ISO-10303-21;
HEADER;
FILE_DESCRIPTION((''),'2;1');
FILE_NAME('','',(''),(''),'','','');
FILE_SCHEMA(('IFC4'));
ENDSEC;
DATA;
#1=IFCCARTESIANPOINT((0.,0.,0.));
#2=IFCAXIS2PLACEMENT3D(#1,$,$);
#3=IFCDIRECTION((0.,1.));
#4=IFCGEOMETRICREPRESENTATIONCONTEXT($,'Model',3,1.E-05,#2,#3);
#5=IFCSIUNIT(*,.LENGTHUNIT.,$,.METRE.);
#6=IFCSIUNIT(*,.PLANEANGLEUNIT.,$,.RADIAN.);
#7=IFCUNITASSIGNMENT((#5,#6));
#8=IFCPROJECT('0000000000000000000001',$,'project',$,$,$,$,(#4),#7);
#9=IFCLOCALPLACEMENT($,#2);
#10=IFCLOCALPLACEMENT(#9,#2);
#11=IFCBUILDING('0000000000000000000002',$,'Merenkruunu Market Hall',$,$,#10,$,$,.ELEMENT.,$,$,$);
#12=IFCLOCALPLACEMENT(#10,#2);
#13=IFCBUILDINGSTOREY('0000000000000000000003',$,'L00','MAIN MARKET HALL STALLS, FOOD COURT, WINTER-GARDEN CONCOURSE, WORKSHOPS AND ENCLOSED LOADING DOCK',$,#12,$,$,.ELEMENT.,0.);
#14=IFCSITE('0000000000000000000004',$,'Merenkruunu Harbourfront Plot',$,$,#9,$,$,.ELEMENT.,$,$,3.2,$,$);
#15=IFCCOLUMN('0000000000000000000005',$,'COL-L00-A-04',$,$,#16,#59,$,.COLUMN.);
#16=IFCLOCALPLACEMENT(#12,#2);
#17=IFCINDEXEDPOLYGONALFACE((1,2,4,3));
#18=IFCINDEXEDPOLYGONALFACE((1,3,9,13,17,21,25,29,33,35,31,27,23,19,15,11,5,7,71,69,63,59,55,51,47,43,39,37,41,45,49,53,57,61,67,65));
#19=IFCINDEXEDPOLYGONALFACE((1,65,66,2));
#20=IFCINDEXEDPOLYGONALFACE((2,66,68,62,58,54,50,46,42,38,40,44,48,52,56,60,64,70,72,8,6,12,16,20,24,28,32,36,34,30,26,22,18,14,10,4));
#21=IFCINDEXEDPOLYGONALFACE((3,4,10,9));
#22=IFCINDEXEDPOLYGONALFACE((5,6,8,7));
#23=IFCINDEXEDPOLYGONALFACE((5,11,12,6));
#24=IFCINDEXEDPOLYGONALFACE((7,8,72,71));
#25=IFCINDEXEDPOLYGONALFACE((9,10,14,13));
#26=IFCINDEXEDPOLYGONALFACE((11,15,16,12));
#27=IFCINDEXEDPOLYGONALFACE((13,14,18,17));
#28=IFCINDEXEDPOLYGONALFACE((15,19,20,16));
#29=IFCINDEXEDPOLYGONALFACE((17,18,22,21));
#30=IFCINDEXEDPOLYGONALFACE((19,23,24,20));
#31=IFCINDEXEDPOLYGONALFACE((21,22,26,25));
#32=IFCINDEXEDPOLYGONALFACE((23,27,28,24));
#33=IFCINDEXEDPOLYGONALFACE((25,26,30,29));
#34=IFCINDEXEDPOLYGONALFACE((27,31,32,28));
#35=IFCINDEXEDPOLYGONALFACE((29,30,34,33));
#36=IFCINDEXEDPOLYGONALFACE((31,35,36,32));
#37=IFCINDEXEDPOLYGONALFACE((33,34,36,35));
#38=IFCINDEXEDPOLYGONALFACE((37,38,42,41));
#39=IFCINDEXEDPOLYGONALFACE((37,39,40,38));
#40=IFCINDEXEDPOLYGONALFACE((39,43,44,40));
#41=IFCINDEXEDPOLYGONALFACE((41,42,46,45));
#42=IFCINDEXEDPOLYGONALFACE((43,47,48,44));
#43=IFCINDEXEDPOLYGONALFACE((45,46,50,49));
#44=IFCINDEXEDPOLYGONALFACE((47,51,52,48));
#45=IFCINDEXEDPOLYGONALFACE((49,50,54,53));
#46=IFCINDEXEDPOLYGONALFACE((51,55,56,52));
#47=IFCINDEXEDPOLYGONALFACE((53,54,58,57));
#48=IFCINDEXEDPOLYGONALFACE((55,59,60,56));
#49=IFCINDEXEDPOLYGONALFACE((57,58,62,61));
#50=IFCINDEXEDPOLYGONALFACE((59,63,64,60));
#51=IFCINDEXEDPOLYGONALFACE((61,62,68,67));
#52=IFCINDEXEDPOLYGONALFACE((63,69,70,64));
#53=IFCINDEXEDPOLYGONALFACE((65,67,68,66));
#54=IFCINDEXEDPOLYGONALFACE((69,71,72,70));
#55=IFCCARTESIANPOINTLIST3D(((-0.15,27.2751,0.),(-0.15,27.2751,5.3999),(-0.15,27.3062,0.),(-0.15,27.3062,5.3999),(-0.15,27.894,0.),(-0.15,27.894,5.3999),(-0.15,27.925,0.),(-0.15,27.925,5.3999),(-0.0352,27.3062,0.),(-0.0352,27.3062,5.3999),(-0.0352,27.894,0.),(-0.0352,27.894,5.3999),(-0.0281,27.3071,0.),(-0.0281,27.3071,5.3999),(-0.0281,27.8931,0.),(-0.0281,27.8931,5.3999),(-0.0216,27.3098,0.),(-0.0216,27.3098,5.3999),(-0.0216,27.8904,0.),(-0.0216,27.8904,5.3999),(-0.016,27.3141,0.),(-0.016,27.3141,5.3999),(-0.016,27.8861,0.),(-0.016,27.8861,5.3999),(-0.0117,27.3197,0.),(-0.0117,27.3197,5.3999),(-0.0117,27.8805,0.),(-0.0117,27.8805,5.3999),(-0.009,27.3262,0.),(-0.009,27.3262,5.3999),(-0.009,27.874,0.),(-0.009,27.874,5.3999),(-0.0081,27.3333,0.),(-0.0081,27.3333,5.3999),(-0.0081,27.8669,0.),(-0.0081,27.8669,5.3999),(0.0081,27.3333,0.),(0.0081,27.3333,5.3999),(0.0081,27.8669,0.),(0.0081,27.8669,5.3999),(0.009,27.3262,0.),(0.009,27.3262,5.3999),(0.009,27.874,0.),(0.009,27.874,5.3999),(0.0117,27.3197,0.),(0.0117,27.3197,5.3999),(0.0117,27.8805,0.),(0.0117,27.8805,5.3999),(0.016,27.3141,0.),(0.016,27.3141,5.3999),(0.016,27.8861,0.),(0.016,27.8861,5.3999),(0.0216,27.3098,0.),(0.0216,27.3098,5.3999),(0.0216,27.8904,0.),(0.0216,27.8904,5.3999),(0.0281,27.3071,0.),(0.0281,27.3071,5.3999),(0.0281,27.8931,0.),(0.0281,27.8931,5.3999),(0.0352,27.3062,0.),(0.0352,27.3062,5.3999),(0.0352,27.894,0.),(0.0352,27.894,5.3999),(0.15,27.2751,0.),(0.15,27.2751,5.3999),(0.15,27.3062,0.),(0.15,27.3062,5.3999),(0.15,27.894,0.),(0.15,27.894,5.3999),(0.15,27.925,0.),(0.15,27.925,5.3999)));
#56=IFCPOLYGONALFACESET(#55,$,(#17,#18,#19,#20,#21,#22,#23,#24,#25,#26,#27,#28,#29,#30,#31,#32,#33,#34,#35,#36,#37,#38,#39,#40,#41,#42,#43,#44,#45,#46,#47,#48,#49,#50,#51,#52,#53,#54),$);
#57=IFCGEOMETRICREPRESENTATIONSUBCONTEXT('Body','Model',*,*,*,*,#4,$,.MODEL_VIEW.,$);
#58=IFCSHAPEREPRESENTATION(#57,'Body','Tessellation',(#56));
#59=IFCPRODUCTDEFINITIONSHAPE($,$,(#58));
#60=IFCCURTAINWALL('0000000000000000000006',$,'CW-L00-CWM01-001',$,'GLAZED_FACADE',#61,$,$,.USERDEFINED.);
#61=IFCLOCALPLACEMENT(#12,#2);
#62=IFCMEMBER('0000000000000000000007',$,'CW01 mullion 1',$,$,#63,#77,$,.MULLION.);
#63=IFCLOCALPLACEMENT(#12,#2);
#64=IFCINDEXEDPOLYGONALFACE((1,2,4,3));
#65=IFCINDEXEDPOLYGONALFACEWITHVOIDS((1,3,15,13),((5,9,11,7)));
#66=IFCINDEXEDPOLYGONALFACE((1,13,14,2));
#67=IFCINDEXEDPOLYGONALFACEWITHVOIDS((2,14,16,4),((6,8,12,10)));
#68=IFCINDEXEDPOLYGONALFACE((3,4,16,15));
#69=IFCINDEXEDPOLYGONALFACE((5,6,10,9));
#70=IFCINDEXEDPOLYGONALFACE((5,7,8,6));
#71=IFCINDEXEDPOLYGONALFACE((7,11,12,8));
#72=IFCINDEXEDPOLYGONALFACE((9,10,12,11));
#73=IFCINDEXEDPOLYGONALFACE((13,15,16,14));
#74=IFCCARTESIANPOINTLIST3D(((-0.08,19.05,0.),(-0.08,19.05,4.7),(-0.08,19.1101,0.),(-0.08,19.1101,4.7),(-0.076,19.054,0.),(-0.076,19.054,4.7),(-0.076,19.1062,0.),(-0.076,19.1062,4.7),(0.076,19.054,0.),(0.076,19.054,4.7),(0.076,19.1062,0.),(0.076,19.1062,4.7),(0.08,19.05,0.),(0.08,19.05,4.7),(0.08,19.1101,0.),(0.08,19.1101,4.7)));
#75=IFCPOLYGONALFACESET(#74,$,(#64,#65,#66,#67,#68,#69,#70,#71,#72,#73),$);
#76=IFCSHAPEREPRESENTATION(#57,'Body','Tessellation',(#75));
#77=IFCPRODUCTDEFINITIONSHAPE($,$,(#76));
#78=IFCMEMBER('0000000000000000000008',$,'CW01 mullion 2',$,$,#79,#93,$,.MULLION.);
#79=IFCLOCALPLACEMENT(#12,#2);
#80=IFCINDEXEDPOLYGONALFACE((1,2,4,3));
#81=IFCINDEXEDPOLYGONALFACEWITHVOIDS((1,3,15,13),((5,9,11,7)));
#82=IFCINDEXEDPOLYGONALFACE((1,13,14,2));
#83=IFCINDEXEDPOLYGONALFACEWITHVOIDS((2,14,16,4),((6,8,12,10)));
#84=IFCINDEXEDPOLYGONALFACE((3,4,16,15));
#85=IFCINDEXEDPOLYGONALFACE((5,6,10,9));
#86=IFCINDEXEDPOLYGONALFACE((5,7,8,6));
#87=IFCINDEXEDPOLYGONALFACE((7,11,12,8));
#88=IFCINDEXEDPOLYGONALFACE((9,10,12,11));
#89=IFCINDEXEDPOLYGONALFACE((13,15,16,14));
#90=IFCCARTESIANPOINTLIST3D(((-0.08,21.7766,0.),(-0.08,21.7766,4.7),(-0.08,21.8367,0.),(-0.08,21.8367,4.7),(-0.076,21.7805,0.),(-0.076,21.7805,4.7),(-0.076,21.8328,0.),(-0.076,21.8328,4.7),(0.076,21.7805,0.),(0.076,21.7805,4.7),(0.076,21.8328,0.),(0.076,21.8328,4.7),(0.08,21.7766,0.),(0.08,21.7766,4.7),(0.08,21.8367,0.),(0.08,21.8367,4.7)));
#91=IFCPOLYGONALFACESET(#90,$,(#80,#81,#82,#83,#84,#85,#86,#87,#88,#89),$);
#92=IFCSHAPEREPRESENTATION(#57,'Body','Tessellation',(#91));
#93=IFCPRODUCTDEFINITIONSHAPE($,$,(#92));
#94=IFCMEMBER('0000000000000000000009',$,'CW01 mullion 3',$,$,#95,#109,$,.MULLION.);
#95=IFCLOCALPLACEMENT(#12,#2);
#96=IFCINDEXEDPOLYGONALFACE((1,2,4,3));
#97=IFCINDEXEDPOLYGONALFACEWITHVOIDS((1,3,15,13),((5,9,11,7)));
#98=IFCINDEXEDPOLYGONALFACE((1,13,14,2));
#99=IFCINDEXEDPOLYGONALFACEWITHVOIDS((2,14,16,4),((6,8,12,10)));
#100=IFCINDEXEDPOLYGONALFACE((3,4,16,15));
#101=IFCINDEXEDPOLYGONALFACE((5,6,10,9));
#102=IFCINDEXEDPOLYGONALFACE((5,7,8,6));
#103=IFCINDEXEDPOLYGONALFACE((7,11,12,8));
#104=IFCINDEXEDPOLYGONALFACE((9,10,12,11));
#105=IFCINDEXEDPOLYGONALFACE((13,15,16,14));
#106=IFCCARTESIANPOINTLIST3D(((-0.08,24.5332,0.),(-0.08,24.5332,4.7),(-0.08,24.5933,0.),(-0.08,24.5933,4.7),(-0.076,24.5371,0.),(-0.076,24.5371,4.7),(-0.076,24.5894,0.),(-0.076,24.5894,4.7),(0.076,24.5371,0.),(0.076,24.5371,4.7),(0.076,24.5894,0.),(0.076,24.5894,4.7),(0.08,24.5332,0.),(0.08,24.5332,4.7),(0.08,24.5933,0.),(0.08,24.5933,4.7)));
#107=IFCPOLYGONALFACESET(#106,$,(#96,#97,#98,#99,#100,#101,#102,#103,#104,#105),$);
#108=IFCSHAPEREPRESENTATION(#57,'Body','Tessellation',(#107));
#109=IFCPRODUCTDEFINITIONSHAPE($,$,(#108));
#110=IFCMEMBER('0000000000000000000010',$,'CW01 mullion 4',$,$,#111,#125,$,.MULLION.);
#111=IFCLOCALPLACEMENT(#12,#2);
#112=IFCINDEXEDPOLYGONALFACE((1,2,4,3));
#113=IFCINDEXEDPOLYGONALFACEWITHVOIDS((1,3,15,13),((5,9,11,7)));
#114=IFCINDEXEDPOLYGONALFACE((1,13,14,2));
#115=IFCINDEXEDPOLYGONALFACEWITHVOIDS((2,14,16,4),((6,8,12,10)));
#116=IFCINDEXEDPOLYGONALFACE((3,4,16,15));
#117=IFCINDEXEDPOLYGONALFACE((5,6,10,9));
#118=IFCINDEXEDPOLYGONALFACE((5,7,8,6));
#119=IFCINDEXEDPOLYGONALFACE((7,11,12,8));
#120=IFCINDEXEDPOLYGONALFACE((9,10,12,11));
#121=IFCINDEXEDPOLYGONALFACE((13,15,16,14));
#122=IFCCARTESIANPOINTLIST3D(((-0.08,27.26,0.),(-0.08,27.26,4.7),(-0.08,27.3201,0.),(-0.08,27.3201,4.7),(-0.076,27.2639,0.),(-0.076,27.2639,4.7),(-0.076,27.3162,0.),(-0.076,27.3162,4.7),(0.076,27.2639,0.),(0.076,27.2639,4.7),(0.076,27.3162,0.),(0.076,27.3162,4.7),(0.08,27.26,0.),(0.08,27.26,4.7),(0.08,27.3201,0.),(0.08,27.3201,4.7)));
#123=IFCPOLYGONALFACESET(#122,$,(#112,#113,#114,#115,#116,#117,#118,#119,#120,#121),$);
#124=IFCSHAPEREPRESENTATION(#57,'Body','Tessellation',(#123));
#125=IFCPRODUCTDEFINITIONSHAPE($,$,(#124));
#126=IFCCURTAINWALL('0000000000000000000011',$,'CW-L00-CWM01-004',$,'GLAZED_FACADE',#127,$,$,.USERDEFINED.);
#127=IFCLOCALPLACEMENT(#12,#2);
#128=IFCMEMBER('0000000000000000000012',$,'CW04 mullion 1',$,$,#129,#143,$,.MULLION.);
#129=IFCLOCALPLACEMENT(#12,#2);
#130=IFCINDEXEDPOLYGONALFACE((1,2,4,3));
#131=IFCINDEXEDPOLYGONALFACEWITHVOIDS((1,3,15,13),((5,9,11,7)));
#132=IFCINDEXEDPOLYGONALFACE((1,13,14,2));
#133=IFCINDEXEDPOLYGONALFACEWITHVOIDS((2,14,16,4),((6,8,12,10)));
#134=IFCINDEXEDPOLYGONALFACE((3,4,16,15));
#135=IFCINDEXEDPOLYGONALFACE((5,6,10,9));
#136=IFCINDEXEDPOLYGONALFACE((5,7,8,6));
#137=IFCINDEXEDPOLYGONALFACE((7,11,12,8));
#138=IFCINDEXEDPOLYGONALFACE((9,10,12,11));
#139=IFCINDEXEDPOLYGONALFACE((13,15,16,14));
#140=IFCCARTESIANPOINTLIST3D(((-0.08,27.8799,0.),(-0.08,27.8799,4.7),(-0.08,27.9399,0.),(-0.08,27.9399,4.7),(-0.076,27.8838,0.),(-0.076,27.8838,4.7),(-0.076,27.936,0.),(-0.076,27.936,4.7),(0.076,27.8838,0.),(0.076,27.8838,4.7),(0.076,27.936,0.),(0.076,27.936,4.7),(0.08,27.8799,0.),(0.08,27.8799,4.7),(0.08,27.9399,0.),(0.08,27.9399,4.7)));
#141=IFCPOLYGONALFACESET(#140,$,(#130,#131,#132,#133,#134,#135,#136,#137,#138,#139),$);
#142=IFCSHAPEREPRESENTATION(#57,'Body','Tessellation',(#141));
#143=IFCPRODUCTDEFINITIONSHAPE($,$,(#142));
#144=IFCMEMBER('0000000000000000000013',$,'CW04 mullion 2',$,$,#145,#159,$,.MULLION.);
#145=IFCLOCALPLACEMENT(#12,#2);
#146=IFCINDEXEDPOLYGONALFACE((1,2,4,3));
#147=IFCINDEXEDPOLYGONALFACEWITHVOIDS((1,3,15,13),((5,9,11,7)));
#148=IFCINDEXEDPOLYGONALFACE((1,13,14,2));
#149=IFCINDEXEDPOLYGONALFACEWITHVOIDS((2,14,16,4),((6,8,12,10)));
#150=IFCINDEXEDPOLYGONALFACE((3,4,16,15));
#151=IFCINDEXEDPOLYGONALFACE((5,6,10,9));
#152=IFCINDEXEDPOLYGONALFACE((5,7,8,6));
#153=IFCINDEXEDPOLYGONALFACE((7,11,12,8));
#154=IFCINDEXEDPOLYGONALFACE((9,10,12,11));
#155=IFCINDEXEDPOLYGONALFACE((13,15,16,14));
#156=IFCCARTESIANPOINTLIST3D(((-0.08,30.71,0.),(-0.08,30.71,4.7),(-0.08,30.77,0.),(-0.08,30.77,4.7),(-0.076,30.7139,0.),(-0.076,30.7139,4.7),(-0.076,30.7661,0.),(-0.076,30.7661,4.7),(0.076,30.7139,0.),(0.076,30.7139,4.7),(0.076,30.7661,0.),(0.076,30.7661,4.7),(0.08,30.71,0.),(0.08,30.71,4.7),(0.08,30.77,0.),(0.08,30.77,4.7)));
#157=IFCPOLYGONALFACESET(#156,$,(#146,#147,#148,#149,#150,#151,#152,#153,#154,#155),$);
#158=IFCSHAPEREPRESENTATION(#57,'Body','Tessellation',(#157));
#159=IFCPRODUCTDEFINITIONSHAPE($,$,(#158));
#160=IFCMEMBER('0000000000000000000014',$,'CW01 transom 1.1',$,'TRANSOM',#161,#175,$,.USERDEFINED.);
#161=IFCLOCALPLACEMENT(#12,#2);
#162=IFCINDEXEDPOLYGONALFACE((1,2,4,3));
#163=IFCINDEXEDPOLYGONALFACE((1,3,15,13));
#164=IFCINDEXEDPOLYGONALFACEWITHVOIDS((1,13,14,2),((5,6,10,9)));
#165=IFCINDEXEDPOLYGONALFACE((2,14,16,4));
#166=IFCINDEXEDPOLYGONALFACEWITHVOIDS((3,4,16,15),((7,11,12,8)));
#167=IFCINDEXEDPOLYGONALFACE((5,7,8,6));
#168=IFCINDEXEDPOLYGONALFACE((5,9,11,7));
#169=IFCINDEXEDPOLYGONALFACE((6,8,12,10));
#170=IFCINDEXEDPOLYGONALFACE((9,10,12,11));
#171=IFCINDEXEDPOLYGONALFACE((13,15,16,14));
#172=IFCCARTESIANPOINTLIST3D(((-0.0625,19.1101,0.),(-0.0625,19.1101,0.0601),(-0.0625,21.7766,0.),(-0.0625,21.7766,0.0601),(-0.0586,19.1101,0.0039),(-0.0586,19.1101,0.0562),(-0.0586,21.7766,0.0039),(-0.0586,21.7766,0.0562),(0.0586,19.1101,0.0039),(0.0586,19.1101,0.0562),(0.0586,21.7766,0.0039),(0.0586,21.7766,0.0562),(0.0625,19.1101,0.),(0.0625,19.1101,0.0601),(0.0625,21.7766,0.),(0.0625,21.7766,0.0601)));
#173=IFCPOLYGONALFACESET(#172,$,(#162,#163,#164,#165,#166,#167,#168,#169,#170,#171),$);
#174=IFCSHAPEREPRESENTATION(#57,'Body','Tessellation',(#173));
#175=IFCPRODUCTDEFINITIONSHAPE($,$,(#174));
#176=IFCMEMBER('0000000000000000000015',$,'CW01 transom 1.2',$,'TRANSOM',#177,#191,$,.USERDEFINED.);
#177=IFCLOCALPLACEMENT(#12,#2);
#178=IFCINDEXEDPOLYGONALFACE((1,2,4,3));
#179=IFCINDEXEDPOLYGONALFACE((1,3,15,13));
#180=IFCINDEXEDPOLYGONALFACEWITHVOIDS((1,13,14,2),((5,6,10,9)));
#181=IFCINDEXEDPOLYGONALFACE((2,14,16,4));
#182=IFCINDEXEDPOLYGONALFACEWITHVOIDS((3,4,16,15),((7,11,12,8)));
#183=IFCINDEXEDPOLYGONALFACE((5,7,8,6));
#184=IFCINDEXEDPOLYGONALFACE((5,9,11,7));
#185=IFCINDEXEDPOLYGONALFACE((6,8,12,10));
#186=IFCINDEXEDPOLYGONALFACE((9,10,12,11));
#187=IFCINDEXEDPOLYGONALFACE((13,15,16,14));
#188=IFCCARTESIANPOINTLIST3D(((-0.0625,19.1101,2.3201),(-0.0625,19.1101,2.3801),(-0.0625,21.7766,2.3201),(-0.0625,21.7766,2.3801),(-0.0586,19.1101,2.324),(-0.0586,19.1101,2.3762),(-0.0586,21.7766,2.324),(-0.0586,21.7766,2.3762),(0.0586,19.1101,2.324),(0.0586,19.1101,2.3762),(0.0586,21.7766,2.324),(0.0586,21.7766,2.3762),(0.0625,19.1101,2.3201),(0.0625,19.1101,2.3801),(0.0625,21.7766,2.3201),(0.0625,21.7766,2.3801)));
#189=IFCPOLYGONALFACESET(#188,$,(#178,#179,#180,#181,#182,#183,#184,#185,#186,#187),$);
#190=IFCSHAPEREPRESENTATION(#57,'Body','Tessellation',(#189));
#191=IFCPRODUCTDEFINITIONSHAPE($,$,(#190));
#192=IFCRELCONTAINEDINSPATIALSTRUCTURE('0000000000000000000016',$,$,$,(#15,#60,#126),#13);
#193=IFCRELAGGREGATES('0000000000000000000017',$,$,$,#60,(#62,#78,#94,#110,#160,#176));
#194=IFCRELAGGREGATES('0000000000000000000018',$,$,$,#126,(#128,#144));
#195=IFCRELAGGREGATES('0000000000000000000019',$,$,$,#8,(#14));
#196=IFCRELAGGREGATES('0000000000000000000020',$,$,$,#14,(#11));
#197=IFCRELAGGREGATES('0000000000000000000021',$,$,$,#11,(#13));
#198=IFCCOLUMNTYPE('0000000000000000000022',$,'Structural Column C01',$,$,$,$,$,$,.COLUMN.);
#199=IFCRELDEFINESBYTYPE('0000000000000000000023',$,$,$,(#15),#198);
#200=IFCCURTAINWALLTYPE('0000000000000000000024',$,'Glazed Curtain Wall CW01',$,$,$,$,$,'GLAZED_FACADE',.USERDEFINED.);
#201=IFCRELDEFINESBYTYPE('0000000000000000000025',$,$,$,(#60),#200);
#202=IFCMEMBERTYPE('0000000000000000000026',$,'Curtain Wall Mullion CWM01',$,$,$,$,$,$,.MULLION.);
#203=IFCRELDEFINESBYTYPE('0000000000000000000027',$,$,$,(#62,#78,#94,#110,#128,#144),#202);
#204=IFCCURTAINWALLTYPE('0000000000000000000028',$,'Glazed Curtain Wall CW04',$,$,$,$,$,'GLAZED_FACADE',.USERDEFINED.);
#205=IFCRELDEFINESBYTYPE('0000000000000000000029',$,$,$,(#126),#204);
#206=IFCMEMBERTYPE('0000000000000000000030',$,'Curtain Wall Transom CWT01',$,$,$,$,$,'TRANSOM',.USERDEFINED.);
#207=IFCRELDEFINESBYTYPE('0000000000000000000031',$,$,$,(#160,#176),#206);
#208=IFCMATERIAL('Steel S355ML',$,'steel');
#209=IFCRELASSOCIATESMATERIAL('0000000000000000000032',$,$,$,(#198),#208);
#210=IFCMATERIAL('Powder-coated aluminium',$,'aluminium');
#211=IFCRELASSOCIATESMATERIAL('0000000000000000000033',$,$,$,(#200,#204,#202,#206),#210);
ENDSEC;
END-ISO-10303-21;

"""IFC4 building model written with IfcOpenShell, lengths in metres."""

from ifc_helpers import new_model, si_unit, direction, frame, origin, origin_2d, place, context, subcontext, project, spatial, hollow_rectangle, i_section, extrude, material, material_profile, profile_set, type_object, element, aggregate, save


model = new_model("IFC4")

# Units and contexts
model_context = context("Model", 3, precision=1e-05, world=origin(), true_north=direction((0.0, 1.0)))
body_context = subcontext(model_context, "Body", "Model", "MODEL_VIEW")
ifc_project = project(units=[si_unit("LENGTHUNIT", "METRE"), si_unit("PLANEANGLEUNIT", "RADIAN")], contexts=[model_context])

# Site, building, storey
site_placement = place(None, origin())
site = spatial("IfcSite", under=ifc_project, at=site_placement, Name="Merenkruunu Harbourfront Plot", CompositionType="ELEMENT", RefElevation=3.2)
building_placement = place(site_placement, origin())
building = spatial("IfcBuilding", under=site, at=building_placement, Name="Merenkruunu Market Hall", CompositionType="ELEMENT")
storey_placement = place(building_placement, origin())
storey = spatial("IfcBuildingStorey", under=building, at=storey_placement, Name="L00", Description="MAIN MARKET HALL STALLS, FOOD COURT, WINTER-GARDEN CONCOURSE, WORKSHOPS AND ENCLOSED LOADING DOCK", CompositionType="ELEMENT", Elevation=0.0)

# Column
ifc_material_1 = material(Name="Steel S355ML", Category="steel")
ifc_material_profile_1 = material_profile(ifc_material_1, i_section(OverallWidth=0.3, OverallDepth=0.6499, WebThickness=0.0161, FlangeThickness=0.031, FilletRadius=0.0271, at=origin_2d()), Name="HEB 650")
ifc_profile_set_1 = profile_set([ifc_material_profile_1], Name="Steel S355ML")
column_type = type_object("IfcColumnType", Name="Structural Column C01", PredefinedType="COLUMN", material=ifc_profile_set_1)
column_placement = place(storey_placement, frame((0.0, 27.6001, 0.0), z_axis=(0.0, 0.0, 1.0), x_axis=(1.0, 0.0, 0.0)))
element("IfcColumn", 1, at=column_placement, inside=storey, type_object=column_type, Name="COL-L00-A-04", PredefinedType="COLUMN", context=body_context, shape_type="SweptSolid", body=[
    extrude(i_section(OverallWidth=0.3, OverallDepth=0.6499, WebThickness=0.0161, FlangeThickness=0.031, FilletRadius=0.0271, at=origin_2d()), origin(), (0.0, 0.0, 1.0), 5.3999),
])

# Curtain walls, members
ifc_material_2 = material(Name="Powder-coated aluminium", Category="aluminium")
curtain_wall_type_1 = type_object("IfcCurtainWallType", Name="Glazed Curtain Wall CW01", ElementType="GLAZED_FACADE", PredefinedType="USERDEFINED", material=ifc_material_2)
curtain_wall_1_placement = place(storey_placement, origin())
curtain_wall_1 = element("IfcCurtainWall", 2, at=curtain_wall_1_placement, inside=storey, type_object=curtain_wall_type_1, Name="CW-L00-CWM01-001", ObjectType="GLAZED_FACADE", PredefinedType="USERDEFINED")
ifc_material_profile_2 = material_profile(ifc_material_2, hollow_rectangle(XDim=0.0601, YDim=0.1599, WallThickness=0.0039, at=origin_2d()), Name="ALU 60x160x4")
ifc_profile_set_2 = profile_set([ifc_material_profile_2], Name="Powder-coated aluminium")
member_type_1 = type_object("IfcMemberType", Name="Curtain Wall Mullion CWM01", PredefinedType="MULLION", material=ifc_profile_set_2)
member_1_placement = place(storey_placement, frame((0.0, 19.0801, 0.0), z_axis=(0.0, 0.0, 1.0), x_axis=(0.0, 1.0, 0.0)))
member_1 = element("IfcMember", 3, at=member_1_placement, type_object=member_type_1, Name="CW01 mullion 1", PredefinedType="MULLION", context=body_context, shape_type="SweptSolid", body=[
    extrude(hollow_rectangle(XDim=0.0601, YDim=0.1599, WallThickness=0.0039, at=origin_2d()), origin(), (0.0, 0.0, 1.0), 4.7),
])
member_2_placement = place(storey_placement, frame((0.0, 21.8066, 0.0), z_axis=(0.0, 0.0, 1.0), x_axis=(0.0, 1.0, 0.0)))
member_2 = element("IfcMember", 4, at=member_2_placement, type_object=member_type_1, Name="CW01 mullion 2", PredefinedType="MULLION", context=body_context, shape_type="SweptSolid", body=[
    extrude(hollow_rectangle(XDim=0.0601, YDim=0.1599, WallThickness=0.0039, at=origin_2d()), origin(), (0.0, 0.0, 1.0), 4.7),
])
member_3_placement = place(storey_placement, frame((0.0, 24.5632, 0.0), z_axis=(0.0, 0.0, 1.0), x_axis=(0.0, 1.0, 0.0)))
member_3 = element("IfcMember", 5, at=member_3_placement, type_object=member_type_1, Name="CW01 mullion 3", PredefinedType="MULLION", context=body_context, shape_type="SweptSolid", body=[
    extrude(hollow_rectangle(XDim=0.0601, YDim=0.1599, WallThickness=0.0039, at=origin_2d()), origin(), (0.0, 0.0, 1.0), 4.7),
])
member_4_placement = place(storey_placement, frame((0.0, 27.29, 0.0), z_axis=(0.0, 0.0, 1.0), x_axis=(0.0, 1.0, 0.0)))
member_4 = element("IfcMember", 6, at=member_4_placement, type_object=member_type_1, Name="CW01 mullion 4", PredefinedType="MULLION", context=body_context, shape_type="SweptSolid", body=[
    extrude(hollow_rectangle(XDim=0.0601, YDim=0.1599, WallThickness=0.0039, at=origin_2d()), origin(), (0.0, 0.0, 1.0), 4.7),
])
curtain_wall_type_2 = type_object("IfcCurtainWallType", Name="Glazed Curtain Wall CW04", ElementType="GLAZED_FACADE", PredefinedType="USERDEFINED", material=ifc_material_2)
curtain_wall_2_placement = place(storey_placement, origin())
curtain_wall_2 = element("IfcCurtainWall", 7, at=curtain_wall_2_placement, inside=storey, type_object=curtain_wall_type_2, Name="CW-L00-CWM01-004", ObjectType="GLAZED_FACADE", PredefinedType="USERDEFINED")
member_5_placement = place(storey_placement, frame((0.0, 27.9099, 0.0), z_axis=(0.0, 0.0, 1.0), x_axis=(0.0, 1.0, 0.0)))
member_5 = element("IfcMember", 8, at=member_5_placement, type_object=member_type_1, Name="CW04 mullion 1", PredefinedType="MULLION", context=body_context, shape_type="SweptSolid", body=[
    extrude(hollow_rectangle(XDim=0.0601, YDim=0.1599, WallThickness=0.0039, at=origin_2d()), origin(), (0.0, 0.0, 1.0), 4.7),
])
member_6_placement = place(storey_placement, frame((0.0, 30.74, 0.0), z_axis=(0.0, 0.0, 1.0), x_axis=(0.0, 1.0, 0.0)))
member_6 = element("IfcMember", 9, at=member_6_placement, type_object=member_type_1, Name="CW04 mullion 2", PredefinedType="MULLION", context=body_context, shape_type="SweptSolid", body=[
    extrude(hollow_rectangle(XDim=0.0601, YDim=0.1599, WallThickness=0.0039, at=origin_2d()), origin(), (0.0, 0.0, 1.0), 4.7),
])

# Members
ifc_material_profile_3 = material_profile(ifc_material_2, hollow_rectangle(XDim=0.0601, YDim=0.125, WallThickness=0.0039, at=origin_2d()), Name="ALU 60x125x4")
ifc_profile_set_3 = profile_set([ifc_material_profile_3], Name="Powder-coated aluminium")
member_type_2 = type_object("IfcMemberType", Name="Curtain Wall Transom CWT01", ElementType="TRANSOM", PredefinedType="USERDEFINED", material=ifc_profile_set_3)
member_7_placement = place(storey_placement, frame((0.0, 19.1101, 0.03), z_axis=(0.0, 1.0, 0.0), x_axis=(0.0, 0.0, 1.0)))
member_7 = element("IfcMember", 10, at=member_7_placement, type_object=member_type_2, Name="CW01 transom 1.1", ObjectType="TRANSOM", PredefinedType="USERDEFINED", context=body_context, shape_type="SweptSolid", body=[
    extrude(hollow_rectangle(XDim=0.0601, YDim=0.125, WallThickness=0.0039, at=origin_2d()), origin(), (0.0, 0.0, 1.0), 2.6665),
])
member_8_placement = place(storey_placement, frame((0.0, 19.1101, 2.3501), z_axis=(0.0, 1.0, 0.0), x_axis=(0.0, 0.0, 1.0)))
member_8 = element("IfcMember", 11, at=member_8_placement, type_object=member_type_2, Name="CW01 transom 1.2", ObjectType="TRANSOM", PredefinedType="USERDEFINED", context=body_context, shape_type="SweptSolid", body=[
    extrude(hollow_rectangle(XDim=0.0601, YDim=0.125, WallThickness=0.0039, at=origin_2d()), origin(), (0.0, 0.0, 1.0), 2.6665),
])

aggregate(curtain_wall_1, [member_1, member_2, member_3, member_4, member_7, member_8])
aggregate(curtain_wall_2, [member_5, member_6])

save(model, "model.ifc")
